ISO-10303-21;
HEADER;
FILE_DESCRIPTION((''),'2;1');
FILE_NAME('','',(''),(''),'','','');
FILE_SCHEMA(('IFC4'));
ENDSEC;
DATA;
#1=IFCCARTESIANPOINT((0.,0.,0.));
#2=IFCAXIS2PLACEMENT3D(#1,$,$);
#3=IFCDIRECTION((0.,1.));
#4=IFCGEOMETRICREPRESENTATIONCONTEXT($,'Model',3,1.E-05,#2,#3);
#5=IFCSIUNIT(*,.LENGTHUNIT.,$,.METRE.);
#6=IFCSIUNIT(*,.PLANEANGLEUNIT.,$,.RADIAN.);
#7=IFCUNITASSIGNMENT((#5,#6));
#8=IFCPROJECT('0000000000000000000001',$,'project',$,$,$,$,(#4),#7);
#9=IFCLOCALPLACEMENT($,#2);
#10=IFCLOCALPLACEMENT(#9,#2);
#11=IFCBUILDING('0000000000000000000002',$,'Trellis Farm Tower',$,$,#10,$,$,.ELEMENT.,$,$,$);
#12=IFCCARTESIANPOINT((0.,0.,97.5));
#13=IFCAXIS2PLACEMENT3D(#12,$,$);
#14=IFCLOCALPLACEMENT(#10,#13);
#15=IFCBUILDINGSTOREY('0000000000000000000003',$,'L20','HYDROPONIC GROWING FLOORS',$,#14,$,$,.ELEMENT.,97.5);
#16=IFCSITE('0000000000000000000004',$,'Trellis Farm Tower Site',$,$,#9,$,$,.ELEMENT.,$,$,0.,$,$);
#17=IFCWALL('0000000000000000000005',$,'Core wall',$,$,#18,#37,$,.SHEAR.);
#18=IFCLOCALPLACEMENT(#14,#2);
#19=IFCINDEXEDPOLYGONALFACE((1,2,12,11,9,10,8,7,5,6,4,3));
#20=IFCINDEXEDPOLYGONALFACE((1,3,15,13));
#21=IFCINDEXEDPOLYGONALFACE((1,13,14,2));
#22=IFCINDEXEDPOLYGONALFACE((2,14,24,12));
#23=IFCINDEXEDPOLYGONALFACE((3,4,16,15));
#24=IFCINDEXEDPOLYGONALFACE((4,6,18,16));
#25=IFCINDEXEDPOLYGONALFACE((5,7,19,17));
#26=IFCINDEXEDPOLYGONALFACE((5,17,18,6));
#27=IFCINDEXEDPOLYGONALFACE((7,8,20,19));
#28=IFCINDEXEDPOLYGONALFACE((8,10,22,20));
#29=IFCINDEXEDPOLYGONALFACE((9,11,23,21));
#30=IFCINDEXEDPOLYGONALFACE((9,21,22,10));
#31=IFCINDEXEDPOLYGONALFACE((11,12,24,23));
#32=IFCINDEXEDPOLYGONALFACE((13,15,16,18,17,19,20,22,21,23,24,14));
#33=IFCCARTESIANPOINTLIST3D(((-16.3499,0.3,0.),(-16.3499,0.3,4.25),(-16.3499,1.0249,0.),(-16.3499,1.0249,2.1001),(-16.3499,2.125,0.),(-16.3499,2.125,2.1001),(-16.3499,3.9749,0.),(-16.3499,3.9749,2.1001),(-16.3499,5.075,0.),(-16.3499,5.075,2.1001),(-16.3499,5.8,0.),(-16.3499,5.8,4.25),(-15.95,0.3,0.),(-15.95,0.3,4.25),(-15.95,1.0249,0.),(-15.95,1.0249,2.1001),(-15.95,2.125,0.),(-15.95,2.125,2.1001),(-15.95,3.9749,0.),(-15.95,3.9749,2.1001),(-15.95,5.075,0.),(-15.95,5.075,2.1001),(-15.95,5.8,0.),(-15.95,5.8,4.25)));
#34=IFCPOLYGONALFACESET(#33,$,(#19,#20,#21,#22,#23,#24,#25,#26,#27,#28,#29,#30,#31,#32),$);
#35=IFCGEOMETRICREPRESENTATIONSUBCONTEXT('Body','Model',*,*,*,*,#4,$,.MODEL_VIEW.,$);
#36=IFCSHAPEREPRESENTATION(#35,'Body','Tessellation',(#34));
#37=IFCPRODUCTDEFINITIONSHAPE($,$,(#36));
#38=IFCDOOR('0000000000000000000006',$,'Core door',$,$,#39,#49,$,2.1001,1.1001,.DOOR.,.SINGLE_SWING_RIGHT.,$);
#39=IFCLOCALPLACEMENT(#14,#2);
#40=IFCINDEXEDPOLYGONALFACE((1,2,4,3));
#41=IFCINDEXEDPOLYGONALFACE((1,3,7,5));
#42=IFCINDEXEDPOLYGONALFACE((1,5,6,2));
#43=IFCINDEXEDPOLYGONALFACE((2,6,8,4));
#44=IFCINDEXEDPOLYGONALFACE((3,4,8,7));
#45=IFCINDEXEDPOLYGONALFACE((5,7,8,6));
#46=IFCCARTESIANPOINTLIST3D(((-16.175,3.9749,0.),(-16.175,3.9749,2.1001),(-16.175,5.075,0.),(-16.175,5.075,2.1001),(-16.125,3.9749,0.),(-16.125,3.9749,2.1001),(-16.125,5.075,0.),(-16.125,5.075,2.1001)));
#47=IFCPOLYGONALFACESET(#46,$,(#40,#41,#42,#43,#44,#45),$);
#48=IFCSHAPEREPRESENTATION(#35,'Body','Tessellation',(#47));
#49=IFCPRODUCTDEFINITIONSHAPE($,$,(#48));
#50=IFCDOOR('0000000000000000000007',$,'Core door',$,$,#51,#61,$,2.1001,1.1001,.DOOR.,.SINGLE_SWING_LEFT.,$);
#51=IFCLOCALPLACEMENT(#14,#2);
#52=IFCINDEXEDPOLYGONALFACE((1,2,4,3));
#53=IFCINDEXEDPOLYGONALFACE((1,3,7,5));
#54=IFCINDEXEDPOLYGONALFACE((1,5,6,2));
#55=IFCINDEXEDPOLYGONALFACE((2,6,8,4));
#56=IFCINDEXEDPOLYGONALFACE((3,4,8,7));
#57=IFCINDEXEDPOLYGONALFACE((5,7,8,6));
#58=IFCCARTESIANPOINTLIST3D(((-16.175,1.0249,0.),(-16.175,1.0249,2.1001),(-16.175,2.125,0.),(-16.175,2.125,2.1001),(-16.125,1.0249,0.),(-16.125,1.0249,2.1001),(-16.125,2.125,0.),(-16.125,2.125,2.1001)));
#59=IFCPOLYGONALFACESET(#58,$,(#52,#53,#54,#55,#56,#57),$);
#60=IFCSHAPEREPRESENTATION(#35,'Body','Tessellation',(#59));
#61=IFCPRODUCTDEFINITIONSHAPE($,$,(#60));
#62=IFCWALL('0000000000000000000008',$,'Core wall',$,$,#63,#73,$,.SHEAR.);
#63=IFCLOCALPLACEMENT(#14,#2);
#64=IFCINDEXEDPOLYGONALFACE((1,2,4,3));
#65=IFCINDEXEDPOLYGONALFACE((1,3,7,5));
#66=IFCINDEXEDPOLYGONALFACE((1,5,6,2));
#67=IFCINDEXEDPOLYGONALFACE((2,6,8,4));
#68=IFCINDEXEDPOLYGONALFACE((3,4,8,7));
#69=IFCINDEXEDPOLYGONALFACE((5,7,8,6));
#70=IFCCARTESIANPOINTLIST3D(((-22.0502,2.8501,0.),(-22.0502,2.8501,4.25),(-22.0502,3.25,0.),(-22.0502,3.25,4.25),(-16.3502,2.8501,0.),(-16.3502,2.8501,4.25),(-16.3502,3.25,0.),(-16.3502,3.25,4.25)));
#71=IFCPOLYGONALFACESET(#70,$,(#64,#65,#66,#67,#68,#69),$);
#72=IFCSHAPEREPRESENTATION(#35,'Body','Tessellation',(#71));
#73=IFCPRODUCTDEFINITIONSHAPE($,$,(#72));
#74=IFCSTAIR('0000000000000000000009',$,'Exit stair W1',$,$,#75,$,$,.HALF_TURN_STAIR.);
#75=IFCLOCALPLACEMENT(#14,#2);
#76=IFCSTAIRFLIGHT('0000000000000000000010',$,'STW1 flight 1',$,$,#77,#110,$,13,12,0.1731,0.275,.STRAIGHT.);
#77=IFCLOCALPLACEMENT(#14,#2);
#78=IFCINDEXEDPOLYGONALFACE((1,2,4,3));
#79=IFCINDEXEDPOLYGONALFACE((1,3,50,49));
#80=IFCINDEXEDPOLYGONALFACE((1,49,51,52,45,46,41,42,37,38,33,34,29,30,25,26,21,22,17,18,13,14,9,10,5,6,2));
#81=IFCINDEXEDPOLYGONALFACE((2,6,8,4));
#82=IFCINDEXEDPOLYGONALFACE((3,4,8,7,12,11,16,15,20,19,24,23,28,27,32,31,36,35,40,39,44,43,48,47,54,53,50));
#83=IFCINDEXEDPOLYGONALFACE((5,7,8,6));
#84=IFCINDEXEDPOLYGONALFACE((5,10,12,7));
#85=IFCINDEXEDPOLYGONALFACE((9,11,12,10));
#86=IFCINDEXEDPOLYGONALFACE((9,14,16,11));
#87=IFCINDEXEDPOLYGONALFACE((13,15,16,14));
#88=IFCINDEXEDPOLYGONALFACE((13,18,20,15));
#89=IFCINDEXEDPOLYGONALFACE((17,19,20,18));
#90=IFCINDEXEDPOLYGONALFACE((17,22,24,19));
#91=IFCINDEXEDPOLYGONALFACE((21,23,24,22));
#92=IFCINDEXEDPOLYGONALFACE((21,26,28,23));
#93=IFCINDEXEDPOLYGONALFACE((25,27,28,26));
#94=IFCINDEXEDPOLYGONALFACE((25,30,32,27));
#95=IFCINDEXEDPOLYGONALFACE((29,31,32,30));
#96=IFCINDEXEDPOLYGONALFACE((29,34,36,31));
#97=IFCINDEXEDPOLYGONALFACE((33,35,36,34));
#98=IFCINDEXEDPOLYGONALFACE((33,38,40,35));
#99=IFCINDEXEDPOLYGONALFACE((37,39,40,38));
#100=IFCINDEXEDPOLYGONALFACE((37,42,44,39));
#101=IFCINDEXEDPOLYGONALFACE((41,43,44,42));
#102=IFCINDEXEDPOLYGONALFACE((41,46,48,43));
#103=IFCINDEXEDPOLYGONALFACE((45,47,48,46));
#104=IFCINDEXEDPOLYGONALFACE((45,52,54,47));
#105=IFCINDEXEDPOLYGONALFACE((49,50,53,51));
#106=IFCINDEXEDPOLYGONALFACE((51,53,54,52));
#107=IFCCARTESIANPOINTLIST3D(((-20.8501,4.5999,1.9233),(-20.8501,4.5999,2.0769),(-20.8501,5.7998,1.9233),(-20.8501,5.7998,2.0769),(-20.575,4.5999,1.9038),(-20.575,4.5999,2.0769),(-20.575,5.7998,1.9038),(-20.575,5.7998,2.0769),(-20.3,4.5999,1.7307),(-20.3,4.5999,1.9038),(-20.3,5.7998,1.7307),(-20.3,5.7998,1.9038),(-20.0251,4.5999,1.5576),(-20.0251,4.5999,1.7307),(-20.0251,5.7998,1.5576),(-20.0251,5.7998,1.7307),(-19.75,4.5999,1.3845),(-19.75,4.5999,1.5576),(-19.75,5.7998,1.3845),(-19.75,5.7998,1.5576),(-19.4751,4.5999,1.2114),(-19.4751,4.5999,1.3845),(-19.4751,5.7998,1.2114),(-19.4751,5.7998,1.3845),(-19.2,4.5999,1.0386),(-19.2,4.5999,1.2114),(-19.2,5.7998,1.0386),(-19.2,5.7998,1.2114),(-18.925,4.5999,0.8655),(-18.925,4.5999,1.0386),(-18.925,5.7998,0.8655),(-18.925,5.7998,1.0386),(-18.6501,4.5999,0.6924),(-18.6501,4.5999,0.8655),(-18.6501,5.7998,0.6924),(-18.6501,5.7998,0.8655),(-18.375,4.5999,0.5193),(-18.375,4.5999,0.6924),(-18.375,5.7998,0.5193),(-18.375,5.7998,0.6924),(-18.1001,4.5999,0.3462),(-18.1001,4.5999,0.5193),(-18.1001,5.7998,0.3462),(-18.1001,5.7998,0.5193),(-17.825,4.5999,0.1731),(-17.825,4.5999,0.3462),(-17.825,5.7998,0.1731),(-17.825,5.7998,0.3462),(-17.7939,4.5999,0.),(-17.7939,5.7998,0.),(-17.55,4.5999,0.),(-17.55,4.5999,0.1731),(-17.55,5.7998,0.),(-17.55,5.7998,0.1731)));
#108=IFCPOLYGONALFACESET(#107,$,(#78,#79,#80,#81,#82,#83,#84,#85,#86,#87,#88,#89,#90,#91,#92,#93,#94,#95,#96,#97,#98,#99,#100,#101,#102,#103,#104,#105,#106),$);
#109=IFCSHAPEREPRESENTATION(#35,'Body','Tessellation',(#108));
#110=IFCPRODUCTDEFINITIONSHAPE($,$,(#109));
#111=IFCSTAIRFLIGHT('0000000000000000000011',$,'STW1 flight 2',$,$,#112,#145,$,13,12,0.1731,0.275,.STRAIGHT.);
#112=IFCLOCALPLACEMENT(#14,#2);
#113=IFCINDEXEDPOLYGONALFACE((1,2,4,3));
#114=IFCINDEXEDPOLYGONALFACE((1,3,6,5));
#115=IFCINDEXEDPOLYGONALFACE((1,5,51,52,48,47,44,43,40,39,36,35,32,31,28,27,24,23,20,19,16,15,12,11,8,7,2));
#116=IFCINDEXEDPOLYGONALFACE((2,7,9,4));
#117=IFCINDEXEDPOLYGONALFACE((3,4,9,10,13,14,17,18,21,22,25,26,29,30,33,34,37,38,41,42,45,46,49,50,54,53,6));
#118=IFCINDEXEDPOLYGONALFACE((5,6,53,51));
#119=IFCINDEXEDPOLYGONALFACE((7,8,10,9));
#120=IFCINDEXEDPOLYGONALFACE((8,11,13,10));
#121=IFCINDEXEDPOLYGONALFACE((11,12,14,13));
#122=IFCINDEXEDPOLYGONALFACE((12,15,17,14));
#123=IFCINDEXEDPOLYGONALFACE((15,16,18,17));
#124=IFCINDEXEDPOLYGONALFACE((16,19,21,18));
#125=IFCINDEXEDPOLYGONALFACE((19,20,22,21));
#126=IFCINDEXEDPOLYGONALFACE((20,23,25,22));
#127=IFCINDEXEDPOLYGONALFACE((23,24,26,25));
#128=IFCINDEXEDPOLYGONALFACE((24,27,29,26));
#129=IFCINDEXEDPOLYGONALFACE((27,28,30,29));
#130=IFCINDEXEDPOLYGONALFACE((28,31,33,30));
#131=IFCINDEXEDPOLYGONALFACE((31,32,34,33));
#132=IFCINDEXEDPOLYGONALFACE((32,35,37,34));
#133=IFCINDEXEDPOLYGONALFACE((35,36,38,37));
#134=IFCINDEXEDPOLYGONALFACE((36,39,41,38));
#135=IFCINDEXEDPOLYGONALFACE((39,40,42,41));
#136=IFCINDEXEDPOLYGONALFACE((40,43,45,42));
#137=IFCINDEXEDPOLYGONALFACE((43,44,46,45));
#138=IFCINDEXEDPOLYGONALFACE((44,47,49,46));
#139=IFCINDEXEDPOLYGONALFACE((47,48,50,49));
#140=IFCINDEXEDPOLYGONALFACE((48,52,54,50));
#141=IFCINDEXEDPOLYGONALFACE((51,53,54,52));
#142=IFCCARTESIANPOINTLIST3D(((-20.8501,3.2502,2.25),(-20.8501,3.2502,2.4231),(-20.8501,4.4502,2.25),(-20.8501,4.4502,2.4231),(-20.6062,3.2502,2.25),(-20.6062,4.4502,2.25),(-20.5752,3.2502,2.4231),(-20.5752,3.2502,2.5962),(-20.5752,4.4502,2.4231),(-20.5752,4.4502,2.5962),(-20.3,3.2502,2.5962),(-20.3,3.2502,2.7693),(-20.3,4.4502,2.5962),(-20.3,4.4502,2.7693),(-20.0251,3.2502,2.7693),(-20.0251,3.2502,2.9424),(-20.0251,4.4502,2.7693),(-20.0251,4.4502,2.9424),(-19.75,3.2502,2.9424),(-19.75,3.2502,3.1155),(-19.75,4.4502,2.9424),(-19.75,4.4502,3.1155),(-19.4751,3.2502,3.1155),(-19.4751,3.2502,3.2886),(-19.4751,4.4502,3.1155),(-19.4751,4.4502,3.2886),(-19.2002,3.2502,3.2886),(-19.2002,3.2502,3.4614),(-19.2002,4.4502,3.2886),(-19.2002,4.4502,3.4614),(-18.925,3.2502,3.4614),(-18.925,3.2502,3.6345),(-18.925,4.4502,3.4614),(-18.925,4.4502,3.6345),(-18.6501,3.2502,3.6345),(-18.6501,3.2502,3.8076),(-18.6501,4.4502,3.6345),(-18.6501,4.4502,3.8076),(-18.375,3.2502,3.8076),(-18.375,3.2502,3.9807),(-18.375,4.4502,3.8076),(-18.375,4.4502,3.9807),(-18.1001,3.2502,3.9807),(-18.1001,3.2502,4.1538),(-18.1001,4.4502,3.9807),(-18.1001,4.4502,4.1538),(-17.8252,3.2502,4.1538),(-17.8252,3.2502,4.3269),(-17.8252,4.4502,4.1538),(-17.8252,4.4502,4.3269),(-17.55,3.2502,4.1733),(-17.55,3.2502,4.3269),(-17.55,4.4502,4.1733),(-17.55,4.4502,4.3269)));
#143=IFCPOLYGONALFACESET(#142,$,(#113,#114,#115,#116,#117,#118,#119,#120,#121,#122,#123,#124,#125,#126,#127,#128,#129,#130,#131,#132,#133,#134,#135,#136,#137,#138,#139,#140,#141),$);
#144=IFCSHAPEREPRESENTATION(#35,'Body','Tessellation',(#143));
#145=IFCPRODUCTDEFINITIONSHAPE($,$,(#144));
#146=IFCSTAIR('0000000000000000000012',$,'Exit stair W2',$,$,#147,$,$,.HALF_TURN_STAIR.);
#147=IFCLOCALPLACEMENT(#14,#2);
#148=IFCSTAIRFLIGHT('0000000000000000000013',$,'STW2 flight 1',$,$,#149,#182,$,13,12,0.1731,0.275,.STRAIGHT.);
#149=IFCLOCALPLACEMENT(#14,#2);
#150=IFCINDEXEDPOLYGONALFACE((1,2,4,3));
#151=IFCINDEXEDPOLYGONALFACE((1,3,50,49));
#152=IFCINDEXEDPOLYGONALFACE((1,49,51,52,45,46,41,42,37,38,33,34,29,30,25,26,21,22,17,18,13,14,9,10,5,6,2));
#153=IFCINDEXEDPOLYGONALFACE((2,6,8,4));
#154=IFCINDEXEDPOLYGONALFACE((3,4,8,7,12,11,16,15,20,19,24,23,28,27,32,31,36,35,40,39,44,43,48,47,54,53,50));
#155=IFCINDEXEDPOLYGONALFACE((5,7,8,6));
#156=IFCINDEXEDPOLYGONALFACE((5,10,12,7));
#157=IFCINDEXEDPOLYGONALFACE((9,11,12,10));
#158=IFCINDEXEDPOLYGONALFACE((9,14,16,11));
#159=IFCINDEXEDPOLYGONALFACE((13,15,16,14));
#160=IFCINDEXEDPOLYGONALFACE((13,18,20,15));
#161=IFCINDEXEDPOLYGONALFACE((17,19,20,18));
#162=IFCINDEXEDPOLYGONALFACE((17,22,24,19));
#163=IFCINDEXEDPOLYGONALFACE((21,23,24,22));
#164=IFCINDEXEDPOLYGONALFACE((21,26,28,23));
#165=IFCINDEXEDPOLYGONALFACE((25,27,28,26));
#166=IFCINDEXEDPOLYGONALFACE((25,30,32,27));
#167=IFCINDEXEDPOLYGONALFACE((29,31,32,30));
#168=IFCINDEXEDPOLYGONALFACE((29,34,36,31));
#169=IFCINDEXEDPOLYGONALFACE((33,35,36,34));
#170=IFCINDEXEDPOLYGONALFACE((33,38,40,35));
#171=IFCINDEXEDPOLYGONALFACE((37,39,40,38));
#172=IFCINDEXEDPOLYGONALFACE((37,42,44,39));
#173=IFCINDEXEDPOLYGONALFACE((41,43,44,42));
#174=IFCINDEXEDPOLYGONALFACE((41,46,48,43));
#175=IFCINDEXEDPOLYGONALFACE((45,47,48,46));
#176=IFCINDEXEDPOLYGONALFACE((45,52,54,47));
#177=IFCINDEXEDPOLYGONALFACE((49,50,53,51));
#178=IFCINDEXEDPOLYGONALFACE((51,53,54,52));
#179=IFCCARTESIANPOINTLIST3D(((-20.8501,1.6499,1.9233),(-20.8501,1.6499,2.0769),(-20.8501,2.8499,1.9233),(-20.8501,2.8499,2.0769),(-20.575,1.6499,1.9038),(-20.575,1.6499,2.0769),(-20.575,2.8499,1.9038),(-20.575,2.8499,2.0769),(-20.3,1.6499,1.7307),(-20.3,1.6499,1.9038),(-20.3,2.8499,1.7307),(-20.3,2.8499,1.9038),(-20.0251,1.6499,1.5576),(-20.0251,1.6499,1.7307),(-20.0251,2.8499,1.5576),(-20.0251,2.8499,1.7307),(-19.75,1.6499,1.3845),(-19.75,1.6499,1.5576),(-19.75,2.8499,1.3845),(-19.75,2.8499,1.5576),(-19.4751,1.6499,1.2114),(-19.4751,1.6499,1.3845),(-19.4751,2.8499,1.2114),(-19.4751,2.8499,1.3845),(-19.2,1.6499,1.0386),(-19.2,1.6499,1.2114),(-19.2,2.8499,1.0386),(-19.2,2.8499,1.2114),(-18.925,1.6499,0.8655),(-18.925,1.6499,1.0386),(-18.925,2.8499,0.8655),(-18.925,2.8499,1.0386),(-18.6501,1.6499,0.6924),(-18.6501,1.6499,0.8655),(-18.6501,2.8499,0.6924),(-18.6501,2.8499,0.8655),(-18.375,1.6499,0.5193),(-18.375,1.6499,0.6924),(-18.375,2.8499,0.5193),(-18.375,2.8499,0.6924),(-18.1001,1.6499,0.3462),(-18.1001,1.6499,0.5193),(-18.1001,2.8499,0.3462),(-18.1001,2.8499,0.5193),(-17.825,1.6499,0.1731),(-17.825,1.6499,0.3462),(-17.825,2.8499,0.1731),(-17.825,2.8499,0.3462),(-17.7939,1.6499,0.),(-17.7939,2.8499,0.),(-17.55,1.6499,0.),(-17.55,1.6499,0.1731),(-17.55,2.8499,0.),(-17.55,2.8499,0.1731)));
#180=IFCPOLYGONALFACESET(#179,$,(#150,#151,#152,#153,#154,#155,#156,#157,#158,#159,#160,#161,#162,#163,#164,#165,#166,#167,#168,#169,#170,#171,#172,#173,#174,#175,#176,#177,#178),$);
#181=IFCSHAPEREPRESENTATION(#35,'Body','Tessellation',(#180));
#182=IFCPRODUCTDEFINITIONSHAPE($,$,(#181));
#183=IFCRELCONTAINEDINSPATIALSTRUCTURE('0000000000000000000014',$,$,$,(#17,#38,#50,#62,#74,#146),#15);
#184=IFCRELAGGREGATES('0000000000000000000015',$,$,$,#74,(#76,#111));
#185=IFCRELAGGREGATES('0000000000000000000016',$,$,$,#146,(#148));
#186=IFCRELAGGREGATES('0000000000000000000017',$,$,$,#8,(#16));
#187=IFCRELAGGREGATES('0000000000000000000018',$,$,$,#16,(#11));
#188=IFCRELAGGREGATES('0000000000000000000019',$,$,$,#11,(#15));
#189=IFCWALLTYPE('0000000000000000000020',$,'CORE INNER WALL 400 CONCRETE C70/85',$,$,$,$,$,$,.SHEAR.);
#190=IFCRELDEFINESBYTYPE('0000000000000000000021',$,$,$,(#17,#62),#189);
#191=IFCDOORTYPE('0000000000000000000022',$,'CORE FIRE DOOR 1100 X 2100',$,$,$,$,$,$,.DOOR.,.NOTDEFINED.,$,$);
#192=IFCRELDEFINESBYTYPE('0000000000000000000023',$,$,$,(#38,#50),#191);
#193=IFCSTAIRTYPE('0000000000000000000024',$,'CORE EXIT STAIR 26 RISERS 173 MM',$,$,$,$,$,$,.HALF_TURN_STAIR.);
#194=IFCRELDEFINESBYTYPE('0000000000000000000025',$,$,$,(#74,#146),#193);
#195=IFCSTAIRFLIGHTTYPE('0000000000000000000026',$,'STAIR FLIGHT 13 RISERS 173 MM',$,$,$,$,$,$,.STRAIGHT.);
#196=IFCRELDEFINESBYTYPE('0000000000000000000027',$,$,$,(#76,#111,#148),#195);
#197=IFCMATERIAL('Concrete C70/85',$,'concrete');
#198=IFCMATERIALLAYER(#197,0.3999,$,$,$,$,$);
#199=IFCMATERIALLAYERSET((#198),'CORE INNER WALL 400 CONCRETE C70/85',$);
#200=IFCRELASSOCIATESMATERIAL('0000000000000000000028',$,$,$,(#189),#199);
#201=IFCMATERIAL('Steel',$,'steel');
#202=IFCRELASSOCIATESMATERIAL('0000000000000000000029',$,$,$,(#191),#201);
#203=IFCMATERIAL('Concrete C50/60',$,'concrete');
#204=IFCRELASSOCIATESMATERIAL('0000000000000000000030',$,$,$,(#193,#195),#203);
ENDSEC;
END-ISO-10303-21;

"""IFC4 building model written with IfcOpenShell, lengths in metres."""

from ifc_helpers import new_model, si_unit, direction, frame, frame_2d, origin, place, context, subcontext, project, spatial, polyline, rectangle, outline, extrude, source, transform, mapped, material, layer, layer_set, type_object, element, fill, aggregate, save


model = new_model("IFC4")

# Units and contexts
model_context = context("Model", 3, precision=1e-05, world=origin(), true_north=direction((0.0, 1.0)))
body_context = subcontext(model_context, "Body", "Model", "MODEL_VIEW")
ifc_project = project(units=[si_unit("LENGTHUNIT", "METRE"), si_unit("PLANEANGLEUNIT", "RADIAN")], contexts=[model_context])

# Site, building, storey
site_placement = place(None, origin())
site = spatial("IfcSite", under=ifc_project, at=site_placement, Name="Trellis Farm Tower Site", CompositionType="ELEMENT", RefElevation=0.0)
building_placement = place(site_placement, origin())
building = spatial("IfcBuilding", under=site, at=building_placement, Name="Trellis Farm Tower", CompositionType="ELEMENT")
storey_placement = place(building_placement, frame((0.0, 0.0, 97.5)))
storey = spatial("IfcBuildingStorey", under=building, at=storey_placement, Name="L20", Description="HYDROPONIC GROWING FLOORS", CompositionType="ELEMENT", Elevation=97.5)

# Shared definitions
placement = place(storey_placement, origin())

# Shared definitions
ifc_material_1 = material(Name="Concrete C70/85", Category="concrete")
ifc_layer_1 = layer(ifc_material_1, 0.3999)
ifc_layer_set_1 = layer_set([ifc_layer_1], Name="CORE INNER WALL 400 CONCRETE C70/85")
wall_type_1 = type_object("IfcWallType", Name="CORE INNER WALL 400 CONCRETE C70/85", PredefinedType="SHEAR", material=ifc_layer_set_1)

# Wall, openings, doors
shared_shape_1 = source(origin(), body_context, "Body", "SweptSolid", [
    extrude(rectangle(XDim=5.5, YDim=0.3999, at=frame_2d((2.75, 0.0))), origin(), (0.0, 0.0, 1.0), 4.25),
])
wall_1_placement = place(storey_placement, frame((-16.1499, 5.8, 0.0), z_axis=(0.0, 0.0, 1.0), x_axis=(0.0, -1.0, 0.0)))
wall_1 = element("IfcWall", 1, at=wall_1_placement, inside=storey, type_object=wall_type_1, Name="Core wall", PredefinedType="SHEAR", context=body_context, shape_type="MappedRepresentation", body=[
    mapped(shared_shape_1, transform((0.0, 0.0, 0.0))),
])
shared_shape_2 = source(origin(), body_context, "Body", "SweptSolid", [
    extrude(rectangle(XDim=1.1001, YDim=2.1001, at=frame_2d((0.55, 1.05))), frame((0.0, 0.21, 0.0), z_axis=(0.0, -1.0, 0.0), x_axis=(1.0, 0.0, 0.0)), (0.0, 0.0, 1.0), 0.4199),
])
opening_1_placement = place(wall_1_placement, frame((0.7251, 0.0, 0.0)))
opening_1 = element("IfcOpeningElement", 2, at=opening_1_placement, cuts=wall_1, PredefinedType="OPENING", context=body_context, shape_type="MappedRepresentation", body=[
    mapped(shared_shape_2, transform((0.0, 0.0, 0.0))),
])
opening_2_placement = place(wall_1_placement, frame((3.675, 0.0, 0.0)))
opening_2 = element("IfcOpeningElement", 3, at=opening_2_placement, cuts=wall_1, PredefinedType="OPENING", context=body_context, shape_type="MappedRepresentation", body=[
    mapped(shared_shape_2, transform((0.0, 0.0, 0.0))),
])
ifc_material_2 = material(Name="Steel", Category="steel")
door_type = type_object("IfcDoorType", Name="CORE FIRE DOOR 1100 X 2100", OperationType="NOTDEFINED", PredefinedType="DOOR", material=ifc_material_2)
shared_shape_3 = source(origin(), body_context, "Body", "SweptSolid", [
    extrude(rectangle(XDim=1.1001, YDim=2.1001, at=frame_2d((0.55, 1.05))), frame((0.0, 0.0249, 0.0), z_axis=(0.0, -1.0, 0.0), x_axis=(1.0, 0.0, 0.0)), (0.0, 0.0, 1.0), 0.05),
])
door_1_placement = place(opening_1_placement, origin())
door_1 = element("IfcDoor", 4, at=door_1_placement, inside=storey, type_object=door_type, Name="Core door", OperationType="SINGLE_SWING_RIGHT", OverallHeight=2.1001, OverallWidth=1.1001, PredefinedType="DOOR", context=body_context, shape_type="MappedRepresentation", body=[
    mapped(shared_shape_3, transform((0.0, 0.0, 0.0))),
])
fill(opening_1, door_1)
door_2_placement = place(opening_2_placement, origin())
door_2 = element("IfcDoor", 5, at=door_2_placement, inside=storey, type_object=door_type, Name="Core door", OperationType="SINGLE_SWING_LEFT", OverallHeight=2.1001, OverallWidth=1.1001, PredefinedType="DOOR", context=body_context, shape_type="MappedRepresentation", body=[
    mapped(shared_shape_3, transform((0.0, 0.0, 0.0))),
])
fill(opening_2, door_2)

# Wall
shared_shape_4 = source(origin(), body_context, "Body", "SweptSolid", [
    extrude(rectangle(XDim=5.7, YDim=0.3999, at=frame_2d((2.8501, 0.0))), origin(), (0.0, 0.0, 1.0), 4.25),
])
wall_2_placement = place(storey_placement, frame((-16.3501, 3.05, 0.0), z_axis=(0.0, 0.0, 1.0), x_axis=(-1.0, 0.0, 0.0)))
element("IfcWall", 6, at=wall_2_placement, inside=storey, type_object=wall_type_1, Name="Core wall", PredefinedType="SHEAR", context=body_context, shape_type="MappedRepresentation", body=[
    mapped(shared_shape_4, transform((0.0, 0.0, 0.0))),
])

# Stairs, stair flights
ifc_material_3 = material(Name="Concrete C50/60", Category="concrete")
stair_type = type_object("IfcStairType", Name="CORE EXIT STAIR 26 RISERS 173 MM", PredefinedType="HALF_TURN_STAIR", material=ifc_material_3)
stair_1 = element("IfcStair", 7, at=placement, inside=storey, type_object=stair_type, Name="Exit stair W1", PredefinedType="HALF_TURN_STAIR")
stair_flight_type = type_object("IfcStairFlightType", Name="STAIR FLIGHT 13 RISERS 173 MM", PredefinedType="STRAIGHT", material=ifc_material_3)
shared_shape_5 = source(origin(), body_context, "Body", "SweptSolid", [
    extrude(outline(polyline([(0.0, 0.0), (0.0, 0.1731), (0.2749, 0.1731), (0.2749, 0.3462), (0.55, 0.3462), (0.55, 0.5193), (0.825, 0.5193), (0.825, 0.6924), (1.1001, 0.6924), (1.1001, 0.8655), (1.375, 0.8655), (1.375, 1.0386), (1.6499, 1.0386), (1.6499, 1.2114), (1.925, 1.2114), (1.925, 1.3845), (2.2, 1.3845), (2.2, 1.5576), (2.4751, 1.5576), (2.4751, 1.7307), (2.75, 1.7307), (2.75, 1.9038), (3.0249, 1.9038), (3.0249, 2.0769), (3.3, 2.0769), (3.3, 2.25), (3.3, 1.9233), (0.2439, 0.0), (0.0, 0.0)])), frame((0.0, 0.6001, 0.0), z_axis=(0.0, -1.0, 0.0), x_axis=(1.0, 0.0, 0.0)), (0.0, 0.0, 1.0), 1.2),
])
stair_flight_1_placement = place(storey_placement, frame((-17.55, 5.2, 0.0), z_axis=(0.0, 0.0, 1.0), x_axis=(-1.0, 0.0, 0.0)))
stair_flight_1 = element("IfcStairFlight", 8, at=stair_flight_1_placement, type_object=stair_flight_type, Name="STW1 flight 1", NumberOfRisers=13, NumberOfTreads=12, PredefinedType="STRAIGHT", RiserHeight=0.1731, TreadLength=0.275, context=body_context, shape_type="MappedRepresentation", body=[
    mapped(shared_shape_5, transform((0.0, 0.0, 0.0))),
])
stair_flight_2_placement = place(storey_placement, frame((-20.8501, 3.8501, 2.25), z_axis=(0.0, 0.0, 1.0), x_axis=(1.0, 0.0, 0.0)))
stair_flight_2 = element("IfcStairFlight", 9, at=stair_flight_2_placement, type_object=stair_flight_type, Name="STW1 flight 2", NumberOfRisers=13, NumberOfTreads=12, PredefinedType="STRAIGHT", RiserHeight=0.1731, TreadLength=0.275, context=body_context, shape_type="MappedRepresentation", body=[
    mapped(shared_shape_5, transform((0.0, 0.0, 0.0))),
])
aggregate(stair_1, [stair_flight_1, stair_flight_2])
stair_2 = element("IfcStair", 10, at=placement, inside=storey, type_object=stair_type, Name="Exit stair W2", PredefinedType="HALF_TURN_STAIR")
stair_flight_3_placement = place(storey_placement, frame((-17.55, 2.25, 0.0), z_axis=(0.0, 0.0, 1.0), x_axis=(-1.0, 0.0, 0.0)))
stair_flight_3 = element("IfcStairFlight", 11, at=stair_flight_3_placement, type_object=stair_flight_type, Name="STW2 flight 1", NumberOfRisers=13, NumberOfTreads=12, PredefinedType="STRAIGHT", RiserHeight=0.1731, TreadLength=0.275, context=body_context, shape_type="MappedRepresentation", body=[
    mapped(shared_shape_5, transform((0.0, 0.0, 0.0))),
])
aggregate(stair_2, [stair_flight_3])

save(model, "model.ifc")
